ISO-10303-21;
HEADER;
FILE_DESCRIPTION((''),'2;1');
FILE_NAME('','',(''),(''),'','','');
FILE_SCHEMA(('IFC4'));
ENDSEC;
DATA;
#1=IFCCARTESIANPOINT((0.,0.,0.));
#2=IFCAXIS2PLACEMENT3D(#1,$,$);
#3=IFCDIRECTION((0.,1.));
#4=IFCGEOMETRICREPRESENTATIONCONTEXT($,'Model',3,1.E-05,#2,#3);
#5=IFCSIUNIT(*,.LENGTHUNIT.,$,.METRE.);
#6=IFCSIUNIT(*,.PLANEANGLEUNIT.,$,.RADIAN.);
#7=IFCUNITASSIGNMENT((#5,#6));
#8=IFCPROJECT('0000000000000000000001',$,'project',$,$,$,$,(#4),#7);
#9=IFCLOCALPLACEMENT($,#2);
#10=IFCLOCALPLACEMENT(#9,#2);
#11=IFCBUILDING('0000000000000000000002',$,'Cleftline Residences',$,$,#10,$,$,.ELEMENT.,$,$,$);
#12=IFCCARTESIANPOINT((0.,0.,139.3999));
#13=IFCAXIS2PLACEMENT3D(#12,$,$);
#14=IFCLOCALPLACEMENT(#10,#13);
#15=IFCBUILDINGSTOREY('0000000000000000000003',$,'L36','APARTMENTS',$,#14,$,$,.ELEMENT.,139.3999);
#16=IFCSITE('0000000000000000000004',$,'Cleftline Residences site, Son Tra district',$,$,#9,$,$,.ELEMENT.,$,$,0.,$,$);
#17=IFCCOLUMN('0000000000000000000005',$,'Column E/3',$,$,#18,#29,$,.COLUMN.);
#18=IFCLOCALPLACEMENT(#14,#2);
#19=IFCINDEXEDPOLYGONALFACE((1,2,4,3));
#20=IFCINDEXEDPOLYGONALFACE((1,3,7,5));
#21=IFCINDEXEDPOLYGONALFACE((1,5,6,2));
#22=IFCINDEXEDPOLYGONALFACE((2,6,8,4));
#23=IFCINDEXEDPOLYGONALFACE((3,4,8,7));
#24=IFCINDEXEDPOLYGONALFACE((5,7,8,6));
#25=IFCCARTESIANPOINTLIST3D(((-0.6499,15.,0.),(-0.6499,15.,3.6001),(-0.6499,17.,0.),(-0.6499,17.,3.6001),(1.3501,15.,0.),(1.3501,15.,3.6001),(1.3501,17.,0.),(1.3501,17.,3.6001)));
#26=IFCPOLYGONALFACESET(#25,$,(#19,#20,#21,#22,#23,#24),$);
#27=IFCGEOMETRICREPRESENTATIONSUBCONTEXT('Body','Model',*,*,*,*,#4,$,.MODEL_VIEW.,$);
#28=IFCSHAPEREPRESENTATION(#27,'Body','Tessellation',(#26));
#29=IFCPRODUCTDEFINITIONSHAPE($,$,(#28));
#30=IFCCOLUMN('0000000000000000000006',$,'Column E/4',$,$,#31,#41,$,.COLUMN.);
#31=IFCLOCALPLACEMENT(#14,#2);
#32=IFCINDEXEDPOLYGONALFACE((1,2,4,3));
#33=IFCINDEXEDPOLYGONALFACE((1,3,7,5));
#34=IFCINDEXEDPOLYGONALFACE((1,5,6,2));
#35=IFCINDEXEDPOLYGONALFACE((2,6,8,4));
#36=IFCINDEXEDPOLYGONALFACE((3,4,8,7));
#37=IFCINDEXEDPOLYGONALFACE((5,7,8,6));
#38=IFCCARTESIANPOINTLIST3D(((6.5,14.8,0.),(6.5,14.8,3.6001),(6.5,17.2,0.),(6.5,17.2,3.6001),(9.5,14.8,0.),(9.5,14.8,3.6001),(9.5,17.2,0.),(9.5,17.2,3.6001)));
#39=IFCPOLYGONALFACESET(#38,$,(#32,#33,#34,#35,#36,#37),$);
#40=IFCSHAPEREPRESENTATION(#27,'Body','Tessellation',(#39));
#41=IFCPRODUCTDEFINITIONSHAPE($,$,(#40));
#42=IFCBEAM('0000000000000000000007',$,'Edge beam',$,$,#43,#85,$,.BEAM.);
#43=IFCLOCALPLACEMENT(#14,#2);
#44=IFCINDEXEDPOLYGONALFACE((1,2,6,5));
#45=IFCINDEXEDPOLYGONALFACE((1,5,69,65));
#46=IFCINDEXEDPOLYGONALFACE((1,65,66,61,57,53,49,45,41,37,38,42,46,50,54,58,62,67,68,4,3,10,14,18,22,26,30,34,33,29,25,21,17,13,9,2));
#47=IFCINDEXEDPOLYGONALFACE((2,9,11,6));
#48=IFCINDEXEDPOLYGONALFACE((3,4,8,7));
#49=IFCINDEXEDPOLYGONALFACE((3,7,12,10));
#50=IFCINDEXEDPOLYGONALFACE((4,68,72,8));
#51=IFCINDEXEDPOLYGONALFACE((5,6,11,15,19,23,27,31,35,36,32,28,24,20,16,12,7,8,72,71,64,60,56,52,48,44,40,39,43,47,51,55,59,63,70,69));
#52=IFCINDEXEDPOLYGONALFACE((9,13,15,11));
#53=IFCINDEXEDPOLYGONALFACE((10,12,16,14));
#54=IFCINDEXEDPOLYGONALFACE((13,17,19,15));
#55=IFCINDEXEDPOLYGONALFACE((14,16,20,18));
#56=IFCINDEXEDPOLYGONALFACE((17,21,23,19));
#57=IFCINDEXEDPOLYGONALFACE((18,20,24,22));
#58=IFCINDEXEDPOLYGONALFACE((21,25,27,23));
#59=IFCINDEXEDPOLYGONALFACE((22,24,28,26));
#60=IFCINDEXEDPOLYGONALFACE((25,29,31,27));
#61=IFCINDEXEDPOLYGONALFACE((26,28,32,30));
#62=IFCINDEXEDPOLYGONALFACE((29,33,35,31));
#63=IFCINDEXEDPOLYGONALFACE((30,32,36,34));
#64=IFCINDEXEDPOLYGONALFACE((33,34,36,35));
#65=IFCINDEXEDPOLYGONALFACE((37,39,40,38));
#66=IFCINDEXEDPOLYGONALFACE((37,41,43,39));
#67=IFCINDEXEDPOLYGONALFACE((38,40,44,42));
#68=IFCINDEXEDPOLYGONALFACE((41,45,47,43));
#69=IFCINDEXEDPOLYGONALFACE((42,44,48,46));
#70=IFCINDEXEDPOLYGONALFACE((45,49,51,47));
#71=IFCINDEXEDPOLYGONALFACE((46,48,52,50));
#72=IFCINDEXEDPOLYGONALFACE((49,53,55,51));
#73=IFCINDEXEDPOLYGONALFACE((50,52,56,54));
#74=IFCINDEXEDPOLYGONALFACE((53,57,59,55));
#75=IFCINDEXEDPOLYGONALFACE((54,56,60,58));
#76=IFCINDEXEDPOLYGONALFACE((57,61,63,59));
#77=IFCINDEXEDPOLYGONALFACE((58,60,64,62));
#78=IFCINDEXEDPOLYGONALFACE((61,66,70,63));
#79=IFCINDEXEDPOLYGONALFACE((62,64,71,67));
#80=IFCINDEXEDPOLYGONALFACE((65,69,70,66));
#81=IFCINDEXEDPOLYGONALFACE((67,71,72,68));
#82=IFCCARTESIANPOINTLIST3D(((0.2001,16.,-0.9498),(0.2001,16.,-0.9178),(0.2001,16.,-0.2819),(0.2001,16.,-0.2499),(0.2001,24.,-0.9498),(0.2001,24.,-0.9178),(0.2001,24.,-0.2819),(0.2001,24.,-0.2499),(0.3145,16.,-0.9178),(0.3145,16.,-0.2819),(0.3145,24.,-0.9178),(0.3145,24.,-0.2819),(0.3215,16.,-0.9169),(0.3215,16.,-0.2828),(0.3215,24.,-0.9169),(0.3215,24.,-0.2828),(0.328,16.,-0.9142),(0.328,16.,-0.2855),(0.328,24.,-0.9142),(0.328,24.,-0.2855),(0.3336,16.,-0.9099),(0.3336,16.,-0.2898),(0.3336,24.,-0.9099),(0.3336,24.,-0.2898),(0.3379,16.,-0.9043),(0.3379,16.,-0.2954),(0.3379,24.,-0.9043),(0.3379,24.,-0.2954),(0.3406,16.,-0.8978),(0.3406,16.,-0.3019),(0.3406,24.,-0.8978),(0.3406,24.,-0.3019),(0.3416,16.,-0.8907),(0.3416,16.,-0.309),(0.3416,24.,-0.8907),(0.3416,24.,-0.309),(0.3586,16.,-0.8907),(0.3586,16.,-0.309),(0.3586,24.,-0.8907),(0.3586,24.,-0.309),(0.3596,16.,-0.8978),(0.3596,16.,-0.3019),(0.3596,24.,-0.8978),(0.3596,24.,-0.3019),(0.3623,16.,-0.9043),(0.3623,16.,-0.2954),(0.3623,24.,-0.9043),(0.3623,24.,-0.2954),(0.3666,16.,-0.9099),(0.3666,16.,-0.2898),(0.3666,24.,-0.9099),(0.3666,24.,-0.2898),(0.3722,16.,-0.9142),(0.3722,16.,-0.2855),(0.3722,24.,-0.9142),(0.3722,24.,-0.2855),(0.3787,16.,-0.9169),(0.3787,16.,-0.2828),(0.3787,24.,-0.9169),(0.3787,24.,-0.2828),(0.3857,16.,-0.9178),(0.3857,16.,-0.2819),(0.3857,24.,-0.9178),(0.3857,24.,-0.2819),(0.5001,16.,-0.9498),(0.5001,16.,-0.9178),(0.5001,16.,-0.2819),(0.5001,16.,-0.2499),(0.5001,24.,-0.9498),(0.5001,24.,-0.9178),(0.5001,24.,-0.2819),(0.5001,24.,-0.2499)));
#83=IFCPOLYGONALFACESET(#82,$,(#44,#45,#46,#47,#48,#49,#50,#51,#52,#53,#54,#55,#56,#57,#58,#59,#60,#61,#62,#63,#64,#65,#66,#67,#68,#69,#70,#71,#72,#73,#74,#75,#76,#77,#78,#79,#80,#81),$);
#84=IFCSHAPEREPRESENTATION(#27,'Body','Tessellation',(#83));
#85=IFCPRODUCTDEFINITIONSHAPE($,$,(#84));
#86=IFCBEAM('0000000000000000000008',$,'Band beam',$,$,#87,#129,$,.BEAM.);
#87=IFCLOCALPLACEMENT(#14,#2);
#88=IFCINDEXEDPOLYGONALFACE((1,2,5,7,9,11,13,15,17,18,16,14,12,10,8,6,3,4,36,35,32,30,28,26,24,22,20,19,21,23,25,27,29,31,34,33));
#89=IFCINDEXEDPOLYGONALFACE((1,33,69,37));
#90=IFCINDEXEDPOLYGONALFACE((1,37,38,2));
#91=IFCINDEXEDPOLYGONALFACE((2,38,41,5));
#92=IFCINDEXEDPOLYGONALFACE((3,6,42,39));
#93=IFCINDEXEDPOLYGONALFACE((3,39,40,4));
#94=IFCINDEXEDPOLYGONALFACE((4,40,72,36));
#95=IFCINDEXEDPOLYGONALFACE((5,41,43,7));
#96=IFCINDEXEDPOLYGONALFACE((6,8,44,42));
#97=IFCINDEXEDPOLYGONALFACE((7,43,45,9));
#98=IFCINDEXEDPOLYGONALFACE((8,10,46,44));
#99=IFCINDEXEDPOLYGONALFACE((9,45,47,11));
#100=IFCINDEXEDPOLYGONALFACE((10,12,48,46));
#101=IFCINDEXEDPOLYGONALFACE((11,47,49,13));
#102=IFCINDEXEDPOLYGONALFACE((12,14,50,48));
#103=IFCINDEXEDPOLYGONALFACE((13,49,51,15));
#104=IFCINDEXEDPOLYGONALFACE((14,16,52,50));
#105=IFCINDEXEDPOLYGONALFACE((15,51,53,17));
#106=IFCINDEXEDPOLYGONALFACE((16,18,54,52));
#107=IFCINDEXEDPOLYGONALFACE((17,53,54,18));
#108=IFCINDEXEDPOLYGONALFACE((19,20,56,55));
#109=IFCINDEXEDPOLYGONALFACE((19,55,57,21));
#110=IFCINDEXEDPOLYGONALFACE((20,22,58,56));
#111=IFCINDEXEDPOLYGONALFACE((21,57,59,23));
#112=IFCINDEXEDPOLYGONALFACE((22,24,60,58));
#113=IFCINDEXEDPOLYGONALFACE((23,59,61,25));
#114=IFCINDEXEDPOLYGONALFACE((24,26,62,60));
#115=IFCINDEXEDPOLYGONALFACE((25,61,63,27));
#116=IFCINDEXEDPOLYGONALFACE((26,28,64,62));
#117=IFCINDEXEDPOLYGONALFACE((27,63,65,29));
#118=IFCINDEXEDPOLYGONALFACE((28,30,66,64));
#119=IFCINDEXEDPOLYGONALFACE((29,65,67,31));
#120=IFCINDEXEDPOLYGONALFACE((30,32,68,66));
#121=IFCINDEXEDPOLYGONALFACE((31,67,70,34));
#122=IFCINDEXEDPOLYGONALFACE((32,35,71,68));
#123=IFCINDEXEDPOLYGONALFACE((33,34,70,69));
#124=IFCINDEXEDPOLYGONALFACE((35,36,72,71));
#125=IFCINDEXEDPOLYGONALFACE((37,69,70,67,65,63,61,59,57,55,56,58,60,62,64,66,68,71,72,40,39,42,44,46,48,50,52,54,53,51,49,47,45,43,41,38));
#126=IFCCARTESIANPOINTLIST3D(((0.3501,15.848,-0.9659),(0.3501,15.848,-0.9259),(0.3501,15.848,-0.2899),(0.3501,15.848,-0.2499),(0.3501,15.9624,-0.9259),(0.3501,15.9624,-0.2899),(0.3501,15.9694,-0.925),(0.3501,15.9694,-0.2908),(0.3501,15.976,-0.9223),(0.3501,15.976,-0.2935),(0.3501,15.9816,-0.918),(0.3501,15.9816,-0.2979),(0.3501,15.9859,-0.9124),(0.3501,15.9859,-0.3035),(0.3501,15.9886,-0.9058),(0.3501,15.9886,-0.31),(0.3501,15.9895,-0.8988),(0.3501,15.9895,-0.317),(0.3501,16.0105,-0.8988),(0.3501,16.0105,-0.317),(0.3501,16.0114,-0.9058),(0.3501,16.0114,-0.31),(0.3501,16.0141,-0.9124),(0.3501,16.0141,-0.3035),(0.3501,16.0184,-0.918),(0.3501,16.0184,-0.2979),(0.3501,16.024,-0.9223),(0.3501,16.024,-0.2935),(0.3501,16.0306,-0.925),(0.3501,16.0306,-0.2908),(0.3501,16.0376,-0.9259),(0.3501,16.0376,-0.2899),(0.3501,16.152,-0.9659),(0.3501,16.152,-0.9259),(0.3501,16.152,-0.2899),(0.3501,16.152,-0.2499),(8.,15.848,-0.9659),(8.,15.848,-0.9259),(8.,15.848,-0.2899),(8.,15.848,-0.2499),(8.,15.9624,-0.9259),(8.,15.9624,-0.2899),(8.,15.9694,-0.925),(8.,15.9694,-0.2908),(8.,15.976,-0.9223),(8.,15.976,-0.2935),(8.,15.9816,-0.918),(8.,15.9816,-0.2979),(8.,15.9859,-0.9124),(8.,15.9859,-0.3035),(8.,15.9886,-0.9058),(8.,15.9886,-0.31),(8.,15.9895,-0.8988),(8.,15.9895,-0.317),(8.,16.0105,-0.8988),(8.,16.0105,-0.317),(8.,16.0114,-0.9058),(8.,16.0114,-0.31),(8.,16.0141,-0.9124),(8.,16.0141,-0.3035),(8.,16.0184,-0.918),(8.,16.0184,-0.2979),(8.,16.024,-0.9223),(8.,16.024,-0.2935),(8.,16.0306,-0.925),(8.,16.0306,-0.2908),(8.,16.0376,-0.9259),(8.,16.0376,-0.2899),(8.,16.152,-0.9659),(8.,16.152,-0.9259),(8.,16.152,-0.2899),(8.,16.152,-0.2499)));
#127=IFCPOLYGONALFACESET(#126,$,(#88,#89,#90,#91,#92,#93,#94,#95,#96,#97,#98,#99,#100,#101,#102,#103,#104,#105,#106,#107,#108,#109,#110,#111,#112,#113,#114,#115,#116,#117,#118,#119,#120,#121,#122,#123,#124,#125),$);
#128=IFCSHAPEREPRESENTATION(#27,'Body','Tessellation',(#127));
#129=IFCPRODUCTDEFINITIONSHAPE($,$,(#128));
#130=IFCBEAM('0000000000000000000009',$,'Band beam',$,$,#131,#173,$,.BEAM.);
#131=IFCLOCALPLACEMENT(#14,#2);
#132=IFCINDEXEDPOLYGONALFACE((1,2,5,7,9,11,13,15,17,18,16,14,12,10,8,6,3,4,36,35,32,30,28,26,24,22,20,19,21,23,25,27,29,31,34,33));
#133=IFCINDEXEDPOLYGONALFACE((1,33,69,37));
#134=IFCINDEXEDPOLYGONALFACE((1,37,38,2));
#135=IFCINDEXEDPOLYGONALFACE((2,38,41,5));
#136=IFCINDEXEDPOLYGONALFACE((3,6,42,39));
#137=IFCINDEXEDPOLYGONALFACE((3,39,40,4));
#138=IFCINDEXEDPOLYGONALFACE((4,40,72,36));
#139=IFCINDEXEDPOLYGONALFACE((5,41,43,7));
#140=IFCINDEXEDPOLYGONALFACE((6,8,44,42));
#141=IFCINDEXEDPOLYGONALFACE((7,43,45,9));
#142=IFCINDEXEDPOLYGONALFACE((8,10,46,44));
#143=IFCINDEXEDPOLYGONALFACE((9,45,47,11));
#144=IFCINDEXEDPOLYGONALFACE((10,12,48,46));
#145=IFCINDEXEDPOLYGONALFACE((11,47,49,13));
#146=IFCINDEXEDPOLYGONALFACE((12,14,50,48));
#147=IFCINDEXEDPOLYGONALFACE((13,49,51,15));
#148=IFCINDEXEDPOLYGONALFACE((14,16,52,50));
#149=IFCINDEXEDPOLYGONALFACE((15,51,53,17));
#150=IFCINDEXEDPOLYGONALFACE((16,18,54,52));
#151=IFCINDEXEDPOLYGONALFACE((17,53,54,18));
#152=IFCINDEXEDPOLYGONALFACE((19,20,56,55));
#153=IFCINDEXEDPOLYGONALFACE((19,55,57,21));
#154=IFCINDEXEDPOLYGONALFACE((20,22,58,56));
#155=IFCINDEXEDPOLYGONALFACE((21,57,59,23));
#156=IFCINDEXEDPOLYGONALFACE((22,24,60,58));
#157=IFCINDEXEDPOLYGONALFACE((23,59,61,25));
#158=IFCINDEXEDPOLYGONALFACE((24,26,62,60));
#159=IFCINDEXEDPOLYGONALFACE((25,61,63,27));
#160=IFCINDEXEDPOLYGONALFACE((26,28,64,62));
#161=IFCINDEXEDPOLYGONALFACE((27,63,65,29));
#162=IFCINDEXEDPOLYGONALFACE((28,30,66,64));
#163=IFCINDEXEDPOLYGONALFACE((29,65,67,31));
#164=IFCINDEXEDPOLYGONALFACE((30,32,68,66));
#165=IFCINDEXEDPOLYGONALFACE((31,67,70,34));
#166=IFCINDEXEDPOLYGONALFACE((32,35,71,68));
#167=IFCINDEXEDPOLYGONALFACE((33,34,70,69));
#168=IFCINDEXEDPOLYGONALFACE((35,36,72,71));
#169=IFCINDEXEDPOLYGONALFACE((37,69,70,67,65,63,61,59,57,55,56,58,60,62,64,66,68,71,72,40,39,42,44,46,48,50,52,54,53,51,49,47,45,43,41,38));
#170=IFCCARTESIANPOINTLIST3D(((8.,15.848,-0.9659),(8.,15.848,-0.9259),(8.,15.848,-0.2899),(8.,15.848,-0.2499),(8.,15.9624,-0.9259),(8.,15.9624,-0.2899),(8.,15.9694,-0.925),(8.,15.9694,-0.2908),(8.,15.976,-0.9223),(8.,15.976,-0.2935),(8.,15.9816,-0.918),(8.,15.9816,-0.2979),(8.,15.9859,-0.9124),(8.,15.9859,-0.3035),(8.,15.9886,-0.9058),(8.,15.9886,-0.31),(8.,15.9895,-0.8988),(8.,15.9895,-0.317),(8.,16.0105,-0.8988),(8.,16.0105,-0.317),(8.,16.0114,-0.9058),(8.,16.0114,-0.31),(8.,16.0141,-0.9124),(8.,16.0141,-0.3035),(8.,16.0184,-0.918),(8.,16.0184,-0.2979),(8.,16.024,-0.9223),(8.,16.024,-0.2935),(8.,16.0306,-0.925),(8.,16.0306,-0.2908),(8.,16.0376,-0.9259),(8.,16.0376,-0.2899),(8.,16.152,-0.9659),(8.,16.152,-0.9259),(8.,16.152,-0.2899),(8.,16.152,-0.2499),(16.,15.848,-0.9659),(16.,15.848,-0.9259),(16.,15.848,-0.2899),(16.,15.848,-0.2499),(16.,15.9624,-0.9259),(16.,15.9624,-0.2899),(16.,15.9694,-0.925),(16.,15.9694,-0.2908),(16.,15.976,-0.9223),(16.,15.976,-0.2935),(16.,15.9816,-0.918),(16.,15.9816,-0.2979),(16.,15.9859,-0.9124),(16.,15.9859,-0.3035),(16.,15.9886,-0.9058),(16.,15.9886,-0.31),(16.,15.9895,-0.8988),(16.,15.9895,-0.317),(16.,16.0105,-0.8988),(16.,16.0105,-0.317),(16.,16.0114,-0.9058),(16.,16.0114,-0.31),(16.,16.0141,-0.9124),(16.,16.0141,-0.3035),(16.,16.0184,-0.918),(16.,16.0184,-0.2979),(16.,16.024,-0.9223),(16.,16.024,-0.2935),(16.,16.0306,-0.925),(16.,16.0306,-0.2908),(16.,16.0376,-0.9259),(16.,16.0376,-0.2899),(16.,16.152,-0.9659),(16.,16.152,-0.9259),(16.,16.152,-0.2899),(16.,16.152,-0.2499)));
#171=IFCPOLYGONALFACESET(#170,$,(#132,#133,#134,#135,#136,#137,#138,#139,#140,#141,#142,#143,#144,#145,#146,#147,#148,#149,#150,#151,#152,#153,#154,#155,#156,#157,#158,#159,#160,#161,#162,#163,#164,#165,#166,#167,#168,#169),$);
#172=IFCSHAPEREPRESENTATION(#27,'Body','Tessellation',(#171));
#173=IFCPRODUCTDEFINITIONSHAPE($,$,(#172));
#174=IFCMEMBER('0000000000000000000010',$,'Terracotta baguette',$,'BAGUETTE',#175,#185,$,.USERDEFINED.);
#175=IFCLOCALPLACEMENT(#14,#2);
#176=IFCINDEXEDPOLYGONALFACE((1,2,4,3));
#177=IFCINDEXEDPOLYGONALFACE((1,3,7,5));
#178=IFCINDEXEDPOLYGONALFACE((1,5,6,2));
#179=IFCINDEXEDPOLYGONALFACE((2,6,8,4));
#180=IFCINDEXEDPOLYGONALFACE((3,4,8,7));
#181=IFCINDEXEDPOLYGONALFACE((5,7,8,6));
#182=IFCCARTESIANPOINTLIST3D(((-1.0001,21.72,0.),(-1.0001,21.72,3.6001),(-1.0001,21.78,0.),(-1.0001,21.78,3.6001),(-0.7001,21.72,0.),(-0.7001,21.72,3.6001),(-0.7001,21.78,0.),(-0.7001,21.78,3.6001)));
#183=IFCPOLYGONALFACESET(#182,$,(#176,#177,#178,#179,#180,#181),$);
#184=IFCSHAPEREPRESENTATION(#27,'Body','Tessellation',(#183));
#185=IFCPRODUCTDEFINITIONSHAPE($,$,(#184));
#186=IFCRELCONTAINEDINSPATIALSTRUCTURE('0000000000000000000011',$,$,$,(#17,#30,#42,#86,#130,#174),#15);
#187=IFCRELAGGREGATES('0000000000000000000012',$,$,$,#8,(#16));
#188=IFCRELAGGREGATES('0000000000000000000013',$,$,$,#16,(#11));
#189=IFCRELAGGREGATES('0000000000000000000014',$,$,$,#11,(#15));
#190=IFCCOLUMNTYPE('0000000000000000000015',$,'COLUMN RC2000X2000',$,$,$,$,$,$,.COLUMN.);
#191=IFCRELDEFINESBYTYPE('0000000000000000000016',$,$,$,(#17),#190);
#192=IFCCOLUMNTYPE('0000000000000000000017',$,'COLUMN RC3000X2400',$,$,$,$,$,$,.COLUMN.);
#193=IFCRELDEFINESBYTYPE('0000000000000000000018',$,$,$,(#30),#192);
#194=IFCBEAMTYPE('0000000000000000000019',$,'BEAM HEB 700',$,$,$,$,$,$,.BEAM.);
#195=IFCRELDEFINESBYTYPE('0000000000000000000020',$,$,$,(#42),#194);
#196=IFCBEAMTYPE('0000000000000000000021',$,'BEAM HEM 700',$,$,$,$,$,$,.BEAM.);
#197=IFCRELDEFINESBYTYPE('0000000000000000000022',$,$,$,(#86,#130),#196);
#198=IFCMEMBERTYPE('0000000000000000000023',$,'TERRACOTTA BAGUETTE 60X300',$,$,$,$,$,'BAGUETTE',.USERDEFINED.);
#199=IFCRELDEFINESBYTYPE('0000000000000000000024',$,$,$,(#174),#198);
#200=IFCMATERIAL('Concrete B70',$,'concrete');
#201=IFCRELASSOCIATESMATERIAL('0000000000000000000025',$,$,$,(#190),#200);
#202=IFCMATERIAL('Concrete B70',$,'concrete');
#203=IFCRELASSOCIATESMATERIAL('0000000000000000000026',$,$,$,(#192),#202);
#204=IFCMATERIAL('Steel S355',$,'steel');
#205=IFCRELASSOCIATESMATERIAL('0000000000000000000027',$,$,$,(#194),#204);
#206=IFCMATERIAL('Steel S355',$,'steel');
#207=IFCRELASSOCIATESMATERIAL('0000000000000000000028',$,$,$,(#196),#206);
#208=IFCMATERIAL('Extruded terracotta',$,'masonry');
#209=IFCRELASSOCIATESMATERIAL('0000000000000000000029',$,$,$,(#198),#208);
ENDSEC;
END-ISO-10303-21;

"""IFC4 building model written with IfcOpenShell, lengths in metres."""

from ifc_helpers import new_model, si_unit, direction, frame, origin, origin_2d, place, context, subcontext, project, spatial, rectangle, i_section, extrude, material, material_profile, profile_set, type_object, element, save


model = new_model("IFC4")

# Units and contexts
model_context = context("Model", 3, precision=1e-05, world=origin(), true_north=direction((0.0, 1.0)))
body_context = subcontext(model_context, "Body", "Model", "MODEL_VIEW")
ifc_project = project(units=[si_unit("LENGTHUNIT", "METRE"), si_unit("PLANEANGLEUNIT", "RADIAN")], contexts=[model_context])

# Site, building, storey
site_placement = place(None, origin())
site = spatial("IfcSite", under=ifc_project, at=site_placement, Name="Cleftline Residences site, Son Tra district", CompositionType="ELEMENT", RefElevation=0.0)
building_placement = place(site_placement, origin())
building = spatial("IfcBuilding", under=site, at=building_placement, Name="Cleftline Residences", CompositionType="ELEMENT")
storey_placement = place(building_placement, frame((0.0, 0.0, 139.3999)))
storey = spatial("IfcBuildingStorey", under=building, at=storey_placement, Name="L36", Description="APARTMENTS", CompositionType="ELEMENT", Elevation=139.3999)

# Columns
ifc_material_1 = material(Name="Concrete B70", Category="concrete")
ifc_material_profile_1 = material_profile(ifc_material_1, rectangle(XDim=2.0, YDim=2.0, at=origin_2d()))
ifc_profile_set_1 = profile_set([ifc_material_profile_1], Name="Concrete B70")
column_type_1 = type_object("IfcColumnType", Name="COLUMN RC2000X2000", PredefinedType="COLUMN", material=ifc_profile_set_1)
column_1_placement = place(storey_placement, frame((0.3501, 16.0, 0.0), z_axis=(0.0, 0.0, 1.0), x_axis=(1.0, 0.0, 0.0)))
element("IfcColumn", 1, at=column_1_placement, inside=storey, type_object=column_type_1, Name="Column E/3", PredefinedType="COLUMN", context=body_context, shape_type="SweptSolid", body=[
    extrude(rectangle(XDim=2.0, YDim=2.0, at=origin_2d()), origin(), (0.0, 0.0, 1.0), 3.6001),
])
ifc_material_2 = material(Name="Concrete B70", Category="concrete")
ifc_material_profile_2 = material_profile(ifc_material_2, rectangle(XDim=3.0, YDim=2.3999, at=origin_2d()))
ifc_profile_set_2 = profile_set([ifc_material_profile_2], Name="Concrete B70")
column_type_2 = type_object("IfcColumnType", Name="COLUMN RC3000X2400", PredefinedType="COLUMN", material=ifc_profile_set_2)
column_2_placement = place(storey_placement, frame((8.0, 16.0, 0.0), z_axis=(0.0, 0.0, 1.0), x_axis=(1.0, 0.0, 0.0)))
element("IfcColumn", 2, at=column_2_placement, inside=storey, type_object=column_type_2, Name="Column E/4", PredefinedType="COLUMN", context=body_context, shape_type="SweptSolid", body=[
    extrude(rectangle(XDim=3.0, YDim=2.3999, at=origin_2d()), origin(), (0.0, 0.0, 1.0), 3.6001),
])

# Beams
ifc_material_3 = material(Name="Steel S355", Category="steel")
ifc_material_profile_3 = material_profile(ifc_material_3, i_section(OverallWidth=0.3, OverallDepth=0.7, WebThickness=0.0171, FlangeThickness=0.032, FilletRadius=0.0271, at=origin_2d()))
ifc_profile_set_3 = profile_set([ifc_material_profile_3], Name="Steel S355")
beam_type_1 = type_object("IfcBeamType", Name="BEAM HEB 700", PredefinedType="BEAM", material=ifc_profile_set_3)
beam_1_placement = place(storey_placement, frame((0.3501, 16.0, -0.5999), z_axis=(0.0, 1.0, 0.0), x_axis=(-1.0, 0.0, 0.0)))
element("IfcBeam", 3, at=beam_1_placement, inside=storey, type_object=beam_type_1, Name="Edge beam", PredefinedType="BEAM", context=body_context, shape_type="SweptSolid", body=[
    extrude(i_section(OverallWidth=0.3, OverallDepth=0.7, WebThickness=0.0171, FlangeThickness=0.032, FilletRadius=0.0271, at=origin_2d()), origin(), (0.0, 0.0, 1.0), 8.0),
])
ifc_material_4 = material(Name="Steel S355", Category="steel")
ifc_material_profile_4 = material_profile(ifc_material_4, i_section(OverallWidth=0.304, OverallDepth=0.7161, WebThickness=0.021, FlangeThickness=0.04, FilletRadius=0.0271, at=origin_2d()))
ifc_profile_set_4 = profile_set([ifc_material_profile_4], Name="Steel S355")
beam_type_2 = type_object("IfcBeamType", Name="BEAM HEM 700", PredefinedType="BEAM", material=ifc_profile_set_4)
beam_2_placement = place(storey_placement, frame((0.3501, 16.0, -0.6079), z_axis=(1.0, 0.0, 0.0), x_axis=(0.0, 1.0, 0.0)))
element("IfcBeam", 4, at=beam_2_placement, inside=storey, type_object=beam_type_2, Name="Band beam", PredefinedType="BEAM", context=body_context, shape_type="SweptSolid", body=[
    extrude(i_section(OverallWidth=0.304, OverallDepth=0.7161, WebThickness=0.021, FlangeThickness=0.04, FilletRadius=0.0271, at=origin_2d()), origin(), (0.0, 0.0, 1.0), 7.6499),
])
beam_3_placement = place(storey_placement, frame((8.0, 16.0, -0.6079), z_axis=(1.0, 0.0, 0.0), x_axis=(0.0, 1.0, 0.0)))
element("IfcBeam", 5, at=beam_3_placement, inside=storey, type_object=beam_type_2, Name="Band beam", PredefinedType="BEAM", context=body_context, shape_type="SweptSolid", body=[
    extrude(i_section(OverallWidth=0.304, OverallDepth=0.7161, WebThickness=0.021, FlangeThickness=0.04, FilletRadius=0.0271, at=origin_2d()), origin(), (0.0, 0.0, 1.0), 8.0),
])

# Member
ifc_material_5 = material(Name="Extruded terracotta", Category="masonry")
ifc_material_profile_5 = material_profile(ifc_material_5, rectangle(XDim=0.0601, YDim=0.3, at=origin_2d()))
ifc_profile_set_5 = profile_set([ifc_material_profile_5], Name="Extruded terracotta")
member_type = type_object("IfcMemberType", Name="TERRACOTTA BAGUETTE 60X300", ElementType="BAGUETTE", PredefinedType="USERDEFINED", material=ifc_profile_set_5)
for number, where, z_axis, x_axis, name in (
    (6, (-0.8501, 21.75, 0.0), (0.0, 0.0, 1.0), (0.0, 1.0, 0.0), "Terracotta baguette"),
):
    element("IfcMember", number, at=place(storey_placement, frame(where, z_axis=z_axis, x_axis=x_axis)), inside=storey, type_object=member_type, Name=name, ObjectType="BAGUETTE", PredefinedType="USERDEFINED", context=body_context, shape_type="SweptSolid", body=[
        extrude(rectangle(XDim=0.0601, YDim=0.3, at=origin_2d()), origin(), (0.0, 0.0, 1.0), 3.6001),
    ])

save(model, "model.ifc")
